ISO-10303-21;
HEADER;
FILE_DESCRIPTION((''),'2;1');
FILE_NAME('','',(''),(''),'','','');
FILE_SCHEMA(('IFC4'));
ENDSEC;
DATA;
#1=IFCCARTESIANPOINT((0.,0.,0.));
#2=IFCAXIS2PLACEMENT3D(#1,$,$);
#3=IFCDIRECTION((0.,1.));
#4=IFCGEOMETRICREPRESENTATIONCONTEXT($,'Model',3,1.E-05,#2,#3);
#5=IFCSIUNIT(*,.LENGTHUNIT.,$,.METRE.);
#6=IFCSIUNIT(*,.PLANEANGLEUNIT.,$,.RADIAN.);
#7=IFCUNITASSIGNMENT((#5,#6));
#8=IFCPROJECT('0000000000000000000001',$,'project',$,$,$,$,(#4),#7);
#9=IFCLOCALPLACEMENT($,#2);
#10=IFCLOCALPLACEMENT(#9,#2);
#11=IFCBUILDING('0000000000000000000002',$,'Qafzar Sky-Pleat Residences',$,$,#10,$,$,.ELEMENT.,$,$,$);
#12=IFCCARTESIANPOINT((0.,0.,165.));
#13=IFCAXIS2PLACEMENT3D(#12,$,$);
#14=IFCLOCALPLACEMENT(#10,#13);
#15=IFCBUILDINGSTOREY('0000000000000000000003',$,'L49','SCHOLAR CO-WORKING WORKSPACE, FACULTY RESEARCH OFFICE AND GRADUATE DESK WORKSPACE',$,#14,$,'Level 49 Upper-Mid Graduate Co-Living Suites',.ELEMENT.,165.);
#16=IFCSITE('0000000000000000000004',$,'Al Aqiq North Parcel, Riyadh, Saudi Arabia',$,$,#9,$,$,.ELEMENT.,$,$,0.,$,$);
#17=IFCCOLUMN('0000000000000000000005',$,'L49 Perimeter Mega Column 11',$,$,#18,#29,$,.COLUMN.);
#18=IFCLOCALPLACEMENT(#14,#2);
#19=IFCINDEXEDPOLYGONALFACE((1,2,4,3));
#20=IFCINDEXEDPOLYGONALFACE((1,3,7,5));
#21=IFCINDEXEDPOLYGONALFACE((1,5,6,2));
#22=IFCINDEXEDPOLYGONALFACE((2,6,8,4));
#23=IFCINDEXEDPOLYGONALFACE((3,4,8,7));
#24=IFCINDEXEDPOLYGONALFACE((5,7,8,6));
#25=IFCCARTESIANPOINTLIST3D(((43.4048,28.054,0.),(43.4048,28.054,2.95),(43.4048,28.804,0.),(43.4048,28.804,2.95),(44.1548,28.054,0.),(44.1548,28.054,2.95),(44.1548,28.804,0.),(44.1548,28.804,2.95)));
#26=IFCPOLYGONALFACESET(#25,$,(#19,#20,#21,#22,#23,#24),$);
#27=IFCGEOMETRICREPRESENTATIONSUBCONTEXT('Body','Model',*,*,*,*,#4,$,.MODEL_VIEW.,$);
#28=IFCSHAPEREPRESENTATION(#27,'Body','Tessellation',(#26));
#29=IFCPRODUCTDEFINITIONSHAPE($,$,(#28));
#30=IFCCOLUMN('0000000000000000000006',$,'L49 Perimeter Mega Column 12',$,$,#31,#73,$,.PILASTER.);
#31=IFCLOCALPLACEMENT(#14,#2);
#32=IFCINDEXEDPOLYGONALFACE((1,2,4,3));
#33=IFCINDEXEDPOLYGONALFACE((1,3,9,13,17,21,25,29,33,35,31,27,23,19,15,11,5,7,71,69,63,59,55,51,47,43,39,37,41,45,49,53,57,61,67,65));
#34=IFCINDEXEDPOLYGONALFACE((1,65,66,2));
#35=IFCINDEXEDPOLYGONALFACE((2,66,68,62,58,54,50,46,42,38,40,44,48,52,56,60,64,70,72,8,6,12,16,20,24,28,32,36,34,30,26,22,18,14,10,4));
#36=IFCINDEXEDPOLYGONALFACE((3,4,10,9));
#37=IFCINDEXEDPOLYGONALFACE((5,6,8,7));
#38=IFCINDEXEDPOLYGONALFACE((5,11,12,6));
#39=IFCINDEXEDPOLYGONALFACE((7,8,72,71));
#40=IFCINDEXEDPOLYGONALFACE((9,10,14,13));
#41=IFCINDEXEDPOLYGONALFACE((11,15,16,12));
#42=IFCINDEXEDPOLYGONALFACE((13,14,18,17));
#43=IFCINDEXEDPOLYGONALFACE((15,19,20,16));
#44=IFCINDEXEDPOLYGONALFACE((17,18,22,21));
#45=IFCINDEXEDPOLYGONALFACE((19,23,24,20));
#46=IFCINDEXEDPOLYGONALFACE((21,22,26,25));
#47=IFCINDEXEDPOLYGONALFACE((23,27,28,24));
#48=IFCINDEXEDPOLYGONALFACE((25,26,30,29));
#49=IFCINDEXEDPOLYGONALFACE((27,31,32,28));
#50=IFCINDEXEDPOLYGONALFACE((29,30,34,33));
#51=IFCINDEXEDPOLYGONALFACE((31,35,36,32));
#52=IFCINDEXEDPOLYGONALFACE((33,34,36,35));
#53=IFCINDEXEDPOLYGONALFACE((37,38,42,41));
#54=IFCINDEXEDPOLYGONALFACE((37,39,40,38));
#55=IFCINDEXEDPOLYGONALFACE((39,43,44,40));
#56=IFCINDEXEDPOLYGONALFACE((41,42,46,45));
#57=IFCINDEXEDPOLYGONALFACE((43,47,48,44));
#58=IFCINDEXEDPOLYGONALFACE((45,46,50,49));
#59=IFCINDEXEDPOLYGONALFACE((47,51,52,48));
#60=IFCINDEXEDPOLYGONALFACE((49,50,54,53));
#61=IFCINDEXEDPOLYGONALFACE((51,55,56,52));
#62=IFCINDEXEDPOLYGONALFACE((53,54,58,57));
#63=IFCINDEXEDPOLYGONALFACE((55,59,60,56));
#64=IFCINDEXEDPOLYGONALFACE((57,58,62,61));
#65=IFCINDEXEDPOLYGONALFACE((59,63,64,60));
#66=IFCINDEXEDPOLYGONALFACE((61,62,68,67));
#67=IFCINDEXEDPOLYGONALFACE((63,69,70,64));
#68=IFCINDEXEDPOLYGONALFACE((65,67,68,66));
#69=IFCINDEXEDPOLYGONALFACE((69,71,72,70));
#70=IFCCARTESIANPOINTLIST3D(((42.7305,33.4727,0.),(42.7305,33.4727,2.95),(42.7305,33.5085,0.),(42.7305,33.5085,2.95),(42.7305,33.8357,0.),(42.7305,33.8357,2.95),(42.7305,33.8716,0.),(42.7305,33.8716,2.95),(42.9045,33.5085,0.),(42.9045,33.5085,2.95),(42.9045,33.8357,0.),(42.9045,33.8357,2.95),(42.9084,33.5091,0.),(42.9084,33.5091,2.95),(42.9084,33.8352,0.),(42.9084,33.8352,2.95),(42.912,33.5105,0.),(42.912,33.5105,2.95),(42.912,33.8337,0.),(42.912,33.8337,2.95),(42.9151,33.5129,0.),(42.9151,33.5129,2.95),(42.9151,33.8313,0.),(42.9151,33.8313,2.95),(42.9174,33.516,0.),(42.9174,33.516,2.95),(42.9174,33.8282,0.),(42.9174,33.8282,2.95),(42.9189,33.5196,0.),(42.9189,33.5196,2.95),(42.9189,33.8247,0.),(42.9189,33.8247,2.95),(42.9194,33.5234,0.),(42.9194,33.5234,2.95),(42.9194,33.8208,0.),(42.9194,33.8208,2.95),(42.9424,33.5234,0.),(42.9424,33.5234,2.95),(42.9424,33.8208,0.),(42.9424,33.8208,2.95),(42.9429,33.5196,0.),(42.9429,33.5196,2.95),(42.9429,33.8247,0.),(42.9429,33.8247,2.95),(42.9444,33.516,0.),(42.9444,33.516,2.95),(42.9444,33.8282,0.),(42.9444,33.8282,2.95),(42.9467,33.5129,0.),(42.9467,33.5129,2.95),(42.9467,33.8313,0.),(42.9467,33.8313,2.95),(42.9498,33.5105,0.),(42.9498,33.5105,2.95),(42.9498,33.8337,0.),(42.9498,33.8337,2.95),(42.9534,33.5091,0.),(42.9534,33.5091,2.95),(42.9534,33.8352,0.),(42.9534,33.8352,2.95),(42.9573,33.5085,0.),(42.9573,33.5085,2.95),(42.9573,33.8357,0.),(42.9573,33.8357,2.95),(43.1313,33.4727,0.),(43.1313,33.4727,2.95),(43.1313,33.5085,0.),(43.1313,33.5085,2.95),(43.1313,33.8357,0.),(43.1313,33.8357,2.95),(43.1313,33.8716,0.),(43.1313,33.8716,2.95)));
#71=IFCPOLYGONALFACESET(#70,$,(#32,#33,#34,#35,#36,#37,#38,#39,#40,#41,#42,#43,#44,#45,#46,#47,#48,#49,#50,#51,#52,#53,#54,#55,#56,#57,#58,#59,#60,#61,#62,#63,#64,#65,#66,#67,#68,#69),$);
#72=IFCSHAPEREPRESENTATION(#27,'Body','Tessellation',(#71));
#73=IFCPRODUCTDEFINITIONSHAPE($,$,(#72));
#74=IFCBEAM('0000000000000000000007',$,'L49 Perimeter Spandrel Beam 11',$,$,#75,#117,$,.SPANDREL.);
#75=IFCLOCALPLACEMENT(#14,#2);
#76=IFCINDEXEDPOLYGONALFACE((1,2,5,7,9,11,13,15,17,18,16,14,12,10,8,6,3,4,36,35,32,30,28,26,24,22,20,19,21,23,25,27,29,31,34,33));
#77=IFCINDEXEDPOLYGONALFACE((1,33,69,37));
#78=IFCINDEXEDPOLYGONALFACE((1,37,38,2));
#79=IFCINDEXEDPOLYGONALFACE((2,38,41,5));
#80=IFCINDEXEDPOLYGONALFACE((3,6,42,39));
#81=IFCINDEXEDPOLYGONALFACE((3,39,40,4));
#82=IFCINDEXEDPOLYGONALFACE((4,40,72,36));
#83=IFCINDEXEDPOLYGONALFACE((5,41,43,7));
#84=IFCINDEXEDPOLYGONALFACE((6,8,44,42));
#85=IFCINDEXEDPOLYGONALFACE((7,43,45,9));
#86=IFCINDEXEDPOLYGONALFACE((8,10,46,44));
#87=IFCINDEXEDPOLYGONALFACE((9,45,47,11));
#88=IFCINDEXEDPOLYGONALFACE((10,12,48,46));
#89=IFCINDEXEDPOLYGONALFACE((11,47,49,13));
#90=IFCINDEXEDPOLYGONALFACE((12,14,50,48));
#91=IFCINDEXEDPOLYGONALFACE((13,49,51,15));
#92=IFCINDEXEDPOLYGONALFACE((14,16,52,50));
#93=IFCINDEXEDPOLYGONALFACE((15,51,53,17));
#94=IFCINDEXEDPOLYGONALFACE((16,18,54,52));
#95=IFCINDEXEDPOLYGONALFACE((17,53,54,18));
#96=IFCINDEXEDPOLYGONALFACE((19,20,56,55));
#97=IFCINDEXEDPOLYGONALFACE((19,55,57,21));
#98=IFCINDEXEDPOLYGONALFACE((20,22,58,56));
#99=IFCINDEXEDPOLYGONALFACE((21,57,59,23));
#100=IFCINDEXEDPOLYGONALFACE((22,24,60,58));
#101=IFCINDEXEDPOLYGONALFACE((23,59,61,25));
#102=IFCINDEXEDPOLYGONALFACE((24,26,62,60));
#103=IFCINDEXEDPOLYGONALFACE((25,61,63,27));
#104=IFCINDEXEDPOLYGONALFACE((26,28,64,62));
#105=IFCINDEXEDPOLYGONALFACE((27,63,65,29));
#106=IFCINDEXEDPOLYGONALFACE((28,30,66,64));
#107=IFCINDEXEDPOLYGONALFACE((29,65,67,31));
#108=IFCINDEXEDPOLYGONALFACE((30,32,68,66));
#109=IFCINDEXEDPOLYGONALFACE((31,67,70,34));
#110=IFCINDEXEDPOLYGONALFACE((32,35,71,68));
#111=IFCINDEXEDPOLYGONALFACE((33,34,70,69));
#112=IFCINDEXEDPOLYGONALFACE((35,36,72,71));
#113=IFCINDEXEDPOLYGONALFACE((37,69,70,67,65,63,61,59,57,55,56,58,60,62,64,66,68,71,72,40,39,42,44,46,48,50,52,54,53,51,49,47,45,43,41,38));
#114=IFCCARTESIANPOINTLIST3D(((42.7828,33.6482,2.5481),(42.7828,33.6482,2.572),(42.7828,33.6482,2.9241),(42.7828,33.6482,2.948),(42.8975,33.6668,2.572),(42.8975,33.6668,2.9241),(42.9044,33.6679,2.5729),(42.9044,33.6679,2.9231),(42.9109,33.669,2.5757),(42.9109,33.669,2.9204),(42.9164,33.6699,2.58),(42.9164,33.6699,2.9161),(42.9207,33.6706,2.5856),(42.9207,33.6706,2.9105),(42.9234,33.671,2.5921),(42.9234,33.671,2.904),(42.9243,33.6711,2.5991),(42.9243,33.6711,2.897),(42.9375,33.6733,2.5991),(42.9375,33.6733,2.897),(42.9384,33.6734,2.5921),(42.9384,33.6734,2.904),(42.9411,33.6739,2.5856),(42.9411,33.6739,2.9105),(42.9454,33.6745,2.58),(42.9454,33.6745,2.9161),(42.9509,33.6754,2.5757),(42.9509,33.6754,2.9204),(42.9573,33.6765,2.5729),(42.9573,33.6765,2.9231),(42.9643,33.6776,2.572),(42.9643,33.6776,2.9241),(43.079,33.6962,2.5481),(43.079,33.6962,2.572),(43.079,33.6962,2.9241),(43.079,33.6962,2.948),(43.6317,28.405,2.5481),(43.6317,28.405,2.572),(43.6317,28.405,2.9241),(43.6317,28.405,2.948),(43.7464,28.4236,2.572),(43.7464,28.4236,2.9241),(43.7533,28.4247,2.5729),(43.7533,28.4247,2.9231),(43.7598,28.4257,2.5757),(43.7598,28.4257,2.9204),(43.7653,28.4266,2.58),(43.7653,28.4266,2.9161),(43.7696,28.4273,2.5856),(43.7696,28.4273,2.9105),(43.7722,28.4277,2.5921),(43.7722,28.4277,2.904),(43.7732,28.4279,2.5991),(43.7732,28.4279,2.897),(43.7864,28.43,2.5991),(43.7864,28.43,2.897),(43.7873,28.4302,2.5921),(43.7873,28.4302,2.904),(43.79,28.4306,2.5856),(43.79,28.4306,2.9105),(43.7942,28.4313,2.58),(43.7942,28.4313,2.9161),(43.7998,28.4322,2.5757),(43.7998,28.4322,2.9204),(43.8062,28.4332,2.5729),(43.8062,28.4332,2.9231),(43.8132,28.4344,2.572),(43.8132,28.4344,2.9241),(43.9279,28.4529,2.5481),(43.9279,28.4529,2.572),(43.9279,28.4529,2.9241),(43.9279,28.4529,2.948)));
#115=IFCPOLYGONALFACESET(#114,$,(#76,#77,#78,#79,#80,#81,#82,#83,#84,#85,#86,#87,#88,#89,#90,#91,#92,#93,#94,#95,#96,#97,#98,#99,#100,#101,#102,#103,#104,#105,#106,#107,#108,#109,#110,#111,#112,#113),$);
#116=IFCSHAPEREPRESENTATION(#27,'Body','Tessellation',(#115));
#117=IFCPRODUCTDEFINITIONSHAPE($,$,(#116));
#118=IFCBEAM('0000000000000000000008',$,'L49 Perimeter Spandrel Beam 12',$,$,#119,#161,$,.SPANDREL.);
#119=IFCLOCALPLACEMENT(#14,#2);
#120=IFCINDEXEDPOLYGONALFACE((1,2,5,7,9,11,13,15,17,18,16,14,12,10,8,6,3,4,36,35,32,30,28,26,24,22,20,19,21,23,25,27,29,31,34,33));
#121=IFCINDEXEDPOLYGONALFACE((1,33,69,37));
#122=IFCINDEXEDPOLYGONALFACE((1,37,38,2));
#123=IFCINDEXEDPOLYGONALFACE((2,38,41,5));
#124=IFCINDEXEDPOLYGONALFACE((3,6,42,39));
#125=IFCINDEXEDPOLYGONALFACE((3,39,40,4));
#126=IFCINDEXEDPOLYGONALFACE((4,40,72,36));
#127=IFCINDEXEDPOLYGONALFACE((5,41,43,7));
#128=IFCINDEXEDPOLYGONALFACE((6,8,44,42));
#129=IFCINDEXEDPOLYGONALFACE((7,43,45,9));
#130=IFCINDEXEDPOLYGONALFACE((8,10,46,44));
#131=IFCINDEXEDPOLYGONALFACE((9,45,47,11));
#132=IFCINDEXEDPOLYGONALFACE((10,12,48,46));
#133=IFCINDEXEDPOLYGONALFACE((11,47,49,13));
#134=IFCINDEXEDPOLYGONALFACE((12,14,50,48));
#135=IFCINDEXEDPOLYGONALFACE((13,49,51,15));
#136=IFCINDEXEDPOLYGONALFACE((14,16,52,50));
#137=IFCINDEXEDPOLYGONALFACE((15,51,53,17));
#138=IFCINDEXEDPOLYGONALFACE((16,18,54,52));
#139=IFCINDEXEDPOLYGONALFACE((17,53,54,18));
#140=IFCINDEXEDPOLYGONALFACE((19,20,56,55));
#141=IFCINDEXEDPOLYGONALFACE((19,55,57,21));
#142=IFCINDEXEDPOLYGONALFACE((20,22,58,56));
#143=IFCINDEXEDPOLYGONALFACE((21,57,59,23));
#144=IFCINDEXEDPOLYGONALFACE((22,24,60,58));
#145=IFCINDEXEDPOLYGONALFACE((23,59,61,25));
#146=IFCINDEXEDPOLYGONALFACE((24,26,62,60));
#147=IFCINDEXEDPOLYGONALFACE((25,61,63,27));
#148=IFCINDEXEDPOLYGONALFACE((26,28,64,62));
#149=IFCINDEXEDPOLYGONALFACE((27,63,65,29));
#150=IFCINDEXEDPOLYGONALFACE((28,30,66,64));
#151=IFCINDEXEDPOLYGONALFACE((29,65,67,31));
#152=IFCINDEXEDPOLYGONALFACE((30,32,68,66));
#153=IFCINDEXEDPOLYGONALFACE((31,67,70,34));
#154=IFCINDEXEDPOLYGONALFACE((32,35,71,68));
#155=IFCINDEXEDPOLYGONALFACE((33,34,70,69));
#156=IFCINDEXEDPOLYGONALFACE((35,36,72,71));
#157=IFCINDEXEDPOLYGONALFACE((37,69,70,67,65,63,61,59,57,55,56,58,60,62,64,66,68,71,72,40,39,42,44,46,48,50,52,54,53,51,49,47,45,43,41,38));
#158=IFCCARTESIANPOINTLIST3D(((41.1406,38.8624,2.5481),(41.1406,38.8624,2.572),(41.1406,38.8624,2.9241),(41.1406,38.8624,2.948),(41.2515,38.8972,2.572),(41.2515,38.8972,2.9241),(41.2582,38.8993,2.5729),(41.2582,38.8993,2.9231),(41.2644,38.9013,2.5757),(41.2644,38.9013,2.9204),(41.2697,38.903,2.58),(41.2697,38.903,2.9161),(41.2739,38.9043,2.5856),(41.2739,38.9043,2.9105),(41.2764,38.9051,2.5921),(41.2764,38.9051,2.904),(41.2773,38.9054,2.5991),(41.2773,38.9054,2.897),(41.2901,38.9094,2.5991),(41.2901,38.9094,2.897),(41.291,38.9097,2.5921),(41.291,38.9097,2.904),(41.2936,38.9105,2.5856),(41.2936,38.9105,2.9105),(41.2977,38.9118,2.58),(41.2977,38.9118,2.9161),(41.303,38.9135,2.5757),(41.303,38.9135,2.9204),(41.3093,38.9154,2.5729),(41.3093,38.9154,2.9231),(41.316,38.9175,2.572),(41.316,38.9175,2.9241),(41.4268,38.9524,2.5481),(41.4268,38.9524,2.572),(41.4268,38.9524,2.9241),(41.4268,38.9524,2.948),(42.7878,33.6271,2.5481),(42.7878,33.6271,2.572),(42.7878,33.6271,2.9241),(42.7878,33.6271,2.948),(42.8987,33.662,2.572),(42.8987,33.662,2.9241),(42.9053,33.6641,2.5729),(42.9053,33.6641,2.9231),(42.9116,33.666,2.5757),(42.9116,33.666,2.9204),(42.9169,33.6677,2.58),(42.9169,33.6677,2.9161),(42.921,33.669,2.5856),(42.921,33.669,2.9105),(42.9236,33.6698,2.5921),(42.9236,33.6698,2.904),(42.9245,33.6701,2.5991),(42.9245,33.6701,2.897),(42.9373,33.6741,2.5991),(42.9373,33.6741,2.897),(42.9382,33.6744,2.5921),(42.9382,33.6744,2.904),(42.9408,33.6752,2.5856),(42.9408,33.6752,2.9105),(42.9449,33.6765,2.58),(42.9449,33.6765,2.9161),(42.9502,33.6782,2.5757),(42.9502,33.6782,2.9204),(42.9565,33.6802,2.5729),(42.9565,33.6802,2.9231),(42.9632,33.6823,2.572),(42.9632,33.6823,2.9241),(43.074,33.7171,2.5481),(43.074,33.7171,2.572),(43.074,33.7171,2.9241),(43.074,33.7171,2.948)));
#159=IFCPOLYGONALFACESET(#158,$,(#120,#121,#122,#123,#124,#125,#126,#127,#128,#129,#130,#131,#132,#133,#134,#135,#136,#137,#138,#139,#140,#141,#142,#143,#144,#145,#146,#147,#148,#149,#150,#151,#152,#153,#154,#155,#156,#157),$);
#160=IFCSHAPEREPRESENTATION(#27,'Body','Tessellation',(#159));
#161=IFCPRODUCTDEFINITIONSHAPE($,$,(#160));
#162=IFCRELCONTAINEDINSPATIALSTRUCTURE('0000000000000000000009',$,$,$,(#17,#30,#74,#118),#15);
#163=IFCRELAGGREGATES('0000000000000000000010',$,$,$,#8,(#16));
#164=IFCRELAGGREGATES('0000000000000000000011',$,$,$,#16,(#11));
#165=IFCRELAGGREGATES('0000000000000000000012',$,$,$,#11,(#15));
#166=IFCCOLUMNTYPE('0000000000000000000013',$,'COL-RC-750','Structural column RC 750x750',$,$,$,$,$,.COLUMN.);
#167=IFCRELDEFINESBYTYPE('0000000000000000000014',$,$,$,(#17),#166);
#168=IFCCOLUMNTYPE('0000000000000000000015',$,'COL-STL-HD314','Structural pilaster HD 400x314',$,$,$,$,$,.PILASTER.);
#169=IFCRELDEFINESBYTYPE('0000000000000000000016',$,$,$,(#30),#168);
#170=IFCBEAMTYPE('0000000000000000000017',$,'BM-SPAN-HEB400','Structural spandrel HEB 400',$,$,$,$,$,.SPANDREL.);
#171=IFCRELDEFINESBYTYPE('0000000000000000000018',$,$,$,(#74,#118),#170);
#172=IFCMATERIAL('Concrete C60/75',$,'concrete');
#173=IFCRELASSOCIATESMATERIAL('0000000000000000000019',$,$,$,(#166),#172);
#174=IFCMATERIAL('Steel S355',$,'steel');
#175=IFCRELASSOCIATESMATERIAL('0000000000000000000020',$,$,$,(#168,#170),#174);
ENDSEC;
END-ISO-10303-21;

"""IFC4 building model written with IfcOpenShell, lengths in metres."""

from ifc_helpers import new_model, si_unit, direction, frame, origin, origin_2d, place, context, subcontext, project, spatial, rectangle, i_section, extrude, source, transform, mapped, material, material_profile, profile_set, type_object, element, save


model = new_model("IFC4")

# Units and contexts
model_context = context("Model", 3, precision=1e-05, world=origin(), true_north=direction((0.0, 1.0)))
body_context = subcontext(model_context, "Body", "Model", "MODEL_VIEW")
ifc_project = project(units=[si_unit("LENGTHUNIT", "METRE"), si_unit("PLANEANGLEUNIT", "RADIAN")], contexts=[model_context])

# Site, building, storey
site_placement = place(None, origin())
site = spatial("IfcSite", under=ifc_project, at=site_placement, Name="Al Aqiq North Parcel, Riyadh, Saudi Arabia", CompositionType="ELEMENT", RefElevation=0.0)
building_placement = place(site_placement, origin())
building = spatial("IfcBuilding", under=site, at=building_placement, Name="Qafzar Sky-Pleat Residences", CompositionType="ELEMENT")
storey_placement = place(building_placement, frame((0.0, 0.0, 165.0)))
storey = spatial("IfcBuildingStorey", under=building, at=storey_placement, Name="L49", Description="SCHOLAR CO-WORKING WORKSPACE, FACULTY RESEARCH OFFICE AND GRADUATE DESK WORKSPACE", LongName="Level 49 Upper-Mid Graduate Co-Living Suites", CompositionType="ELEMENT", Elevation=165.0)

# Columns
ifc_material_1 = material(Name="Concrete C60/75", Category="concrete")
ifc_material_profile_1 = material_profile(ifc_material_1, rectangle(XDim=0.75, YDim=0.75, at=origin_2d()), Name="RC 750x750")
ifc_profile_set_1 = profile_set([ifc_material_profile_1], Name="Concrete C60/75")
column_type_1 = type_object("IfcColumnType", Name="COL-RC-750", Description="Structural column RC 750x750", PredefinedType="COLUMN", material=ifc_profile_set_1)
shared_shape_1 = source(origin(), body_context, "Body", "SweptSolid", [
    extrude(rectangle(XDim=0.75, YDim=0.75, at=origin_2d()), origin(), (0.0, 0.0, 1.0), 2.95),
])
column_1_placement = place(storey_placement, frame((43.7798, 28.429, 0.0), z_axis=(0.0, 0.0, 1.0), x_axis=(1.0, 0.0, 0.0)))
element("IfcColumn", 1, at=column_1_placement, inside=storey, type_object=column_type_1, Name="L49 Perimeter Mega Column 11", PredefinedType="COLUMN", context=body_context, shape_type="MappedRepresentation", body=[
    mapped(shared_shape_1, transform((0.0, 0.0, 0.0), x_axis=(1.0, 0.0, 0.0), y_axis=(0.0, 1.0, 0.0), z_axis=(0.0, 0.0, 1.0), scale=1.0)),
])
ifc_material_2 = material(Name="Steel S355", Category="steel")
ifc_material_profile_2 = material_profile(ifc_material_2, i_section(OverallWidth=0.4009, OverallDepth=0.3989, WebThickness=0.0229, FlangeThickness=0.0359, FilletRadius=0.0149, at=origin_2d()), Name="HD 400x314")
ifc_profile_set_2 = profile_set([ifc_material_profile_2], Name="Steel S355")
column_type_2 = type_object("IfcColumnType", Name="COL-STL-HD314", Description="Structural pilaster HD 400x314", PredefinedType="PILASTER", material=ifc_profile_set_2)
shared_shape_2 = source(origin(), body_context, "Body", "SweptSolid", [
    extrude(i_section(OverallWidth=0.4009, OverallDepth=0.3989, WebThickness=0.0229, FlangeThickness=0.0359, FilletRadius=0.0149, at=origin_2d()), origin(), (0.0, 0.0, 1.0), 2.95),
])
column_2_placement = place(storey_placement, frame((42.9309, 33.6721, 0.0), z_axis=(0.0, 0.0, 1.0), x_axis=(1.0, 0.0, 0.0)))
element("IfcColumn", 2, at=column_2_placement, inside=storey, type_object=column_type_2, Name="L49 Perimeter Mega Column 12", PredefinedType="PILASTER", context=body_context, shape_type="MappedRepresentation", body=[
    mapped(shared_shape_2, transform((0.0, 0.0, 0.0), x_axis=(1.0, 0.0, 0.0), y_axis=(0.0, 1.0, 0.0), z_axis=(0.0, 0.0, 1.0), scale=1.0)),
])

# Beams
ifc_material_profile_3 = material_profile(ifc_material_2, i_section(OverallWidth=0.3, OverallDepth=0.3999, WebThickness=0.0134, FlangeThickness=0.0239, FilletRadius=0.0271, at=origin_2d()), Name="HEB 400")
ifc_profile_set_3 = profile_set([ifc_material_profile_3], Name="Steel S355")
beam_type_1 = type_object("IfcBeamType", Name="BM-SPAN-HEB400", Description="Structural spandrel HEB 400", PredefinedType="SPANDREL", material=ifc_profile_set_3)
shared_shape_3 = source(origin(), body_context, "Body", "SweptSolid", [
    extrude(i_section(OverallWidth=0.3, OverallDepth=0.3999, WebThickness=0.0134, FlangeThickness=0.0239, FilletRadius=0.0271, at=origin_2d()), origin(), (0.0, 0.0, 1.0), 5.3115),
])
beam_1_placement = place(storey_placement, frame((43.7798, 28.429, 2.748), z_axis=(-0.159821, 0.987146, 0.0), x_axis=(-0.987146, -0.159821, 0.0)))
element("IfcBeam", 3, at=beam_1_placement, inside=storey, type_object=beam_type_1, Name="L49 Perimeter Spandrel Beam 11", PredefinedType="SPANDREL", context=body_context, shape_type="MappedRepresentation", body=[
    mapped(shared_shape_3, transform((0.0, 0.0, 0.0), x_axis=(1.0, 0.0, 0.0), y_axis=(0.0, 1.0, 0.0), z_axis=(0.0, 0.0, 1.0), scale=1.0)),
])
shared_shape_4 = source(origin(), body_context, "Body", "SweptSolid", [
    extrude(i_section(OverallWidth=0.3, OverallDepth=0.3999, WebThickness=0.0134, FlangeThickness=0.0239, FilletRadius=0.0271, at=origin_2d()), origin(), (0.0, 0.0, 1.0), 5.4883),
])
beam_2_placement = place(storey_placement, frame((42.9309, 33.6721, 2.748), z_axis=(-0.300128, 0.953899, 0.0), x_axis=(-0.953899, -0.300128, 0.0)))
element("IfcBeam", 4, at=beam_2_placement, inside=storey, type_object=beam_type_1, Name="L49 Perimeter Spandrel Beam 12", PredefinedType="SPANDREL", context=body_context, shape_type="MappedRepresentation", body=[
    mapped(shared_shape_4, transform((0.0, 0.0, 0.0), x_axis=(1.0, 0.0, 0.0), y_axis=(0.0, 1.0, 0.0), z_axis=(0.0, 0.0, 1.0), scale=1.0)),
])

save(model, "model.ifc")
